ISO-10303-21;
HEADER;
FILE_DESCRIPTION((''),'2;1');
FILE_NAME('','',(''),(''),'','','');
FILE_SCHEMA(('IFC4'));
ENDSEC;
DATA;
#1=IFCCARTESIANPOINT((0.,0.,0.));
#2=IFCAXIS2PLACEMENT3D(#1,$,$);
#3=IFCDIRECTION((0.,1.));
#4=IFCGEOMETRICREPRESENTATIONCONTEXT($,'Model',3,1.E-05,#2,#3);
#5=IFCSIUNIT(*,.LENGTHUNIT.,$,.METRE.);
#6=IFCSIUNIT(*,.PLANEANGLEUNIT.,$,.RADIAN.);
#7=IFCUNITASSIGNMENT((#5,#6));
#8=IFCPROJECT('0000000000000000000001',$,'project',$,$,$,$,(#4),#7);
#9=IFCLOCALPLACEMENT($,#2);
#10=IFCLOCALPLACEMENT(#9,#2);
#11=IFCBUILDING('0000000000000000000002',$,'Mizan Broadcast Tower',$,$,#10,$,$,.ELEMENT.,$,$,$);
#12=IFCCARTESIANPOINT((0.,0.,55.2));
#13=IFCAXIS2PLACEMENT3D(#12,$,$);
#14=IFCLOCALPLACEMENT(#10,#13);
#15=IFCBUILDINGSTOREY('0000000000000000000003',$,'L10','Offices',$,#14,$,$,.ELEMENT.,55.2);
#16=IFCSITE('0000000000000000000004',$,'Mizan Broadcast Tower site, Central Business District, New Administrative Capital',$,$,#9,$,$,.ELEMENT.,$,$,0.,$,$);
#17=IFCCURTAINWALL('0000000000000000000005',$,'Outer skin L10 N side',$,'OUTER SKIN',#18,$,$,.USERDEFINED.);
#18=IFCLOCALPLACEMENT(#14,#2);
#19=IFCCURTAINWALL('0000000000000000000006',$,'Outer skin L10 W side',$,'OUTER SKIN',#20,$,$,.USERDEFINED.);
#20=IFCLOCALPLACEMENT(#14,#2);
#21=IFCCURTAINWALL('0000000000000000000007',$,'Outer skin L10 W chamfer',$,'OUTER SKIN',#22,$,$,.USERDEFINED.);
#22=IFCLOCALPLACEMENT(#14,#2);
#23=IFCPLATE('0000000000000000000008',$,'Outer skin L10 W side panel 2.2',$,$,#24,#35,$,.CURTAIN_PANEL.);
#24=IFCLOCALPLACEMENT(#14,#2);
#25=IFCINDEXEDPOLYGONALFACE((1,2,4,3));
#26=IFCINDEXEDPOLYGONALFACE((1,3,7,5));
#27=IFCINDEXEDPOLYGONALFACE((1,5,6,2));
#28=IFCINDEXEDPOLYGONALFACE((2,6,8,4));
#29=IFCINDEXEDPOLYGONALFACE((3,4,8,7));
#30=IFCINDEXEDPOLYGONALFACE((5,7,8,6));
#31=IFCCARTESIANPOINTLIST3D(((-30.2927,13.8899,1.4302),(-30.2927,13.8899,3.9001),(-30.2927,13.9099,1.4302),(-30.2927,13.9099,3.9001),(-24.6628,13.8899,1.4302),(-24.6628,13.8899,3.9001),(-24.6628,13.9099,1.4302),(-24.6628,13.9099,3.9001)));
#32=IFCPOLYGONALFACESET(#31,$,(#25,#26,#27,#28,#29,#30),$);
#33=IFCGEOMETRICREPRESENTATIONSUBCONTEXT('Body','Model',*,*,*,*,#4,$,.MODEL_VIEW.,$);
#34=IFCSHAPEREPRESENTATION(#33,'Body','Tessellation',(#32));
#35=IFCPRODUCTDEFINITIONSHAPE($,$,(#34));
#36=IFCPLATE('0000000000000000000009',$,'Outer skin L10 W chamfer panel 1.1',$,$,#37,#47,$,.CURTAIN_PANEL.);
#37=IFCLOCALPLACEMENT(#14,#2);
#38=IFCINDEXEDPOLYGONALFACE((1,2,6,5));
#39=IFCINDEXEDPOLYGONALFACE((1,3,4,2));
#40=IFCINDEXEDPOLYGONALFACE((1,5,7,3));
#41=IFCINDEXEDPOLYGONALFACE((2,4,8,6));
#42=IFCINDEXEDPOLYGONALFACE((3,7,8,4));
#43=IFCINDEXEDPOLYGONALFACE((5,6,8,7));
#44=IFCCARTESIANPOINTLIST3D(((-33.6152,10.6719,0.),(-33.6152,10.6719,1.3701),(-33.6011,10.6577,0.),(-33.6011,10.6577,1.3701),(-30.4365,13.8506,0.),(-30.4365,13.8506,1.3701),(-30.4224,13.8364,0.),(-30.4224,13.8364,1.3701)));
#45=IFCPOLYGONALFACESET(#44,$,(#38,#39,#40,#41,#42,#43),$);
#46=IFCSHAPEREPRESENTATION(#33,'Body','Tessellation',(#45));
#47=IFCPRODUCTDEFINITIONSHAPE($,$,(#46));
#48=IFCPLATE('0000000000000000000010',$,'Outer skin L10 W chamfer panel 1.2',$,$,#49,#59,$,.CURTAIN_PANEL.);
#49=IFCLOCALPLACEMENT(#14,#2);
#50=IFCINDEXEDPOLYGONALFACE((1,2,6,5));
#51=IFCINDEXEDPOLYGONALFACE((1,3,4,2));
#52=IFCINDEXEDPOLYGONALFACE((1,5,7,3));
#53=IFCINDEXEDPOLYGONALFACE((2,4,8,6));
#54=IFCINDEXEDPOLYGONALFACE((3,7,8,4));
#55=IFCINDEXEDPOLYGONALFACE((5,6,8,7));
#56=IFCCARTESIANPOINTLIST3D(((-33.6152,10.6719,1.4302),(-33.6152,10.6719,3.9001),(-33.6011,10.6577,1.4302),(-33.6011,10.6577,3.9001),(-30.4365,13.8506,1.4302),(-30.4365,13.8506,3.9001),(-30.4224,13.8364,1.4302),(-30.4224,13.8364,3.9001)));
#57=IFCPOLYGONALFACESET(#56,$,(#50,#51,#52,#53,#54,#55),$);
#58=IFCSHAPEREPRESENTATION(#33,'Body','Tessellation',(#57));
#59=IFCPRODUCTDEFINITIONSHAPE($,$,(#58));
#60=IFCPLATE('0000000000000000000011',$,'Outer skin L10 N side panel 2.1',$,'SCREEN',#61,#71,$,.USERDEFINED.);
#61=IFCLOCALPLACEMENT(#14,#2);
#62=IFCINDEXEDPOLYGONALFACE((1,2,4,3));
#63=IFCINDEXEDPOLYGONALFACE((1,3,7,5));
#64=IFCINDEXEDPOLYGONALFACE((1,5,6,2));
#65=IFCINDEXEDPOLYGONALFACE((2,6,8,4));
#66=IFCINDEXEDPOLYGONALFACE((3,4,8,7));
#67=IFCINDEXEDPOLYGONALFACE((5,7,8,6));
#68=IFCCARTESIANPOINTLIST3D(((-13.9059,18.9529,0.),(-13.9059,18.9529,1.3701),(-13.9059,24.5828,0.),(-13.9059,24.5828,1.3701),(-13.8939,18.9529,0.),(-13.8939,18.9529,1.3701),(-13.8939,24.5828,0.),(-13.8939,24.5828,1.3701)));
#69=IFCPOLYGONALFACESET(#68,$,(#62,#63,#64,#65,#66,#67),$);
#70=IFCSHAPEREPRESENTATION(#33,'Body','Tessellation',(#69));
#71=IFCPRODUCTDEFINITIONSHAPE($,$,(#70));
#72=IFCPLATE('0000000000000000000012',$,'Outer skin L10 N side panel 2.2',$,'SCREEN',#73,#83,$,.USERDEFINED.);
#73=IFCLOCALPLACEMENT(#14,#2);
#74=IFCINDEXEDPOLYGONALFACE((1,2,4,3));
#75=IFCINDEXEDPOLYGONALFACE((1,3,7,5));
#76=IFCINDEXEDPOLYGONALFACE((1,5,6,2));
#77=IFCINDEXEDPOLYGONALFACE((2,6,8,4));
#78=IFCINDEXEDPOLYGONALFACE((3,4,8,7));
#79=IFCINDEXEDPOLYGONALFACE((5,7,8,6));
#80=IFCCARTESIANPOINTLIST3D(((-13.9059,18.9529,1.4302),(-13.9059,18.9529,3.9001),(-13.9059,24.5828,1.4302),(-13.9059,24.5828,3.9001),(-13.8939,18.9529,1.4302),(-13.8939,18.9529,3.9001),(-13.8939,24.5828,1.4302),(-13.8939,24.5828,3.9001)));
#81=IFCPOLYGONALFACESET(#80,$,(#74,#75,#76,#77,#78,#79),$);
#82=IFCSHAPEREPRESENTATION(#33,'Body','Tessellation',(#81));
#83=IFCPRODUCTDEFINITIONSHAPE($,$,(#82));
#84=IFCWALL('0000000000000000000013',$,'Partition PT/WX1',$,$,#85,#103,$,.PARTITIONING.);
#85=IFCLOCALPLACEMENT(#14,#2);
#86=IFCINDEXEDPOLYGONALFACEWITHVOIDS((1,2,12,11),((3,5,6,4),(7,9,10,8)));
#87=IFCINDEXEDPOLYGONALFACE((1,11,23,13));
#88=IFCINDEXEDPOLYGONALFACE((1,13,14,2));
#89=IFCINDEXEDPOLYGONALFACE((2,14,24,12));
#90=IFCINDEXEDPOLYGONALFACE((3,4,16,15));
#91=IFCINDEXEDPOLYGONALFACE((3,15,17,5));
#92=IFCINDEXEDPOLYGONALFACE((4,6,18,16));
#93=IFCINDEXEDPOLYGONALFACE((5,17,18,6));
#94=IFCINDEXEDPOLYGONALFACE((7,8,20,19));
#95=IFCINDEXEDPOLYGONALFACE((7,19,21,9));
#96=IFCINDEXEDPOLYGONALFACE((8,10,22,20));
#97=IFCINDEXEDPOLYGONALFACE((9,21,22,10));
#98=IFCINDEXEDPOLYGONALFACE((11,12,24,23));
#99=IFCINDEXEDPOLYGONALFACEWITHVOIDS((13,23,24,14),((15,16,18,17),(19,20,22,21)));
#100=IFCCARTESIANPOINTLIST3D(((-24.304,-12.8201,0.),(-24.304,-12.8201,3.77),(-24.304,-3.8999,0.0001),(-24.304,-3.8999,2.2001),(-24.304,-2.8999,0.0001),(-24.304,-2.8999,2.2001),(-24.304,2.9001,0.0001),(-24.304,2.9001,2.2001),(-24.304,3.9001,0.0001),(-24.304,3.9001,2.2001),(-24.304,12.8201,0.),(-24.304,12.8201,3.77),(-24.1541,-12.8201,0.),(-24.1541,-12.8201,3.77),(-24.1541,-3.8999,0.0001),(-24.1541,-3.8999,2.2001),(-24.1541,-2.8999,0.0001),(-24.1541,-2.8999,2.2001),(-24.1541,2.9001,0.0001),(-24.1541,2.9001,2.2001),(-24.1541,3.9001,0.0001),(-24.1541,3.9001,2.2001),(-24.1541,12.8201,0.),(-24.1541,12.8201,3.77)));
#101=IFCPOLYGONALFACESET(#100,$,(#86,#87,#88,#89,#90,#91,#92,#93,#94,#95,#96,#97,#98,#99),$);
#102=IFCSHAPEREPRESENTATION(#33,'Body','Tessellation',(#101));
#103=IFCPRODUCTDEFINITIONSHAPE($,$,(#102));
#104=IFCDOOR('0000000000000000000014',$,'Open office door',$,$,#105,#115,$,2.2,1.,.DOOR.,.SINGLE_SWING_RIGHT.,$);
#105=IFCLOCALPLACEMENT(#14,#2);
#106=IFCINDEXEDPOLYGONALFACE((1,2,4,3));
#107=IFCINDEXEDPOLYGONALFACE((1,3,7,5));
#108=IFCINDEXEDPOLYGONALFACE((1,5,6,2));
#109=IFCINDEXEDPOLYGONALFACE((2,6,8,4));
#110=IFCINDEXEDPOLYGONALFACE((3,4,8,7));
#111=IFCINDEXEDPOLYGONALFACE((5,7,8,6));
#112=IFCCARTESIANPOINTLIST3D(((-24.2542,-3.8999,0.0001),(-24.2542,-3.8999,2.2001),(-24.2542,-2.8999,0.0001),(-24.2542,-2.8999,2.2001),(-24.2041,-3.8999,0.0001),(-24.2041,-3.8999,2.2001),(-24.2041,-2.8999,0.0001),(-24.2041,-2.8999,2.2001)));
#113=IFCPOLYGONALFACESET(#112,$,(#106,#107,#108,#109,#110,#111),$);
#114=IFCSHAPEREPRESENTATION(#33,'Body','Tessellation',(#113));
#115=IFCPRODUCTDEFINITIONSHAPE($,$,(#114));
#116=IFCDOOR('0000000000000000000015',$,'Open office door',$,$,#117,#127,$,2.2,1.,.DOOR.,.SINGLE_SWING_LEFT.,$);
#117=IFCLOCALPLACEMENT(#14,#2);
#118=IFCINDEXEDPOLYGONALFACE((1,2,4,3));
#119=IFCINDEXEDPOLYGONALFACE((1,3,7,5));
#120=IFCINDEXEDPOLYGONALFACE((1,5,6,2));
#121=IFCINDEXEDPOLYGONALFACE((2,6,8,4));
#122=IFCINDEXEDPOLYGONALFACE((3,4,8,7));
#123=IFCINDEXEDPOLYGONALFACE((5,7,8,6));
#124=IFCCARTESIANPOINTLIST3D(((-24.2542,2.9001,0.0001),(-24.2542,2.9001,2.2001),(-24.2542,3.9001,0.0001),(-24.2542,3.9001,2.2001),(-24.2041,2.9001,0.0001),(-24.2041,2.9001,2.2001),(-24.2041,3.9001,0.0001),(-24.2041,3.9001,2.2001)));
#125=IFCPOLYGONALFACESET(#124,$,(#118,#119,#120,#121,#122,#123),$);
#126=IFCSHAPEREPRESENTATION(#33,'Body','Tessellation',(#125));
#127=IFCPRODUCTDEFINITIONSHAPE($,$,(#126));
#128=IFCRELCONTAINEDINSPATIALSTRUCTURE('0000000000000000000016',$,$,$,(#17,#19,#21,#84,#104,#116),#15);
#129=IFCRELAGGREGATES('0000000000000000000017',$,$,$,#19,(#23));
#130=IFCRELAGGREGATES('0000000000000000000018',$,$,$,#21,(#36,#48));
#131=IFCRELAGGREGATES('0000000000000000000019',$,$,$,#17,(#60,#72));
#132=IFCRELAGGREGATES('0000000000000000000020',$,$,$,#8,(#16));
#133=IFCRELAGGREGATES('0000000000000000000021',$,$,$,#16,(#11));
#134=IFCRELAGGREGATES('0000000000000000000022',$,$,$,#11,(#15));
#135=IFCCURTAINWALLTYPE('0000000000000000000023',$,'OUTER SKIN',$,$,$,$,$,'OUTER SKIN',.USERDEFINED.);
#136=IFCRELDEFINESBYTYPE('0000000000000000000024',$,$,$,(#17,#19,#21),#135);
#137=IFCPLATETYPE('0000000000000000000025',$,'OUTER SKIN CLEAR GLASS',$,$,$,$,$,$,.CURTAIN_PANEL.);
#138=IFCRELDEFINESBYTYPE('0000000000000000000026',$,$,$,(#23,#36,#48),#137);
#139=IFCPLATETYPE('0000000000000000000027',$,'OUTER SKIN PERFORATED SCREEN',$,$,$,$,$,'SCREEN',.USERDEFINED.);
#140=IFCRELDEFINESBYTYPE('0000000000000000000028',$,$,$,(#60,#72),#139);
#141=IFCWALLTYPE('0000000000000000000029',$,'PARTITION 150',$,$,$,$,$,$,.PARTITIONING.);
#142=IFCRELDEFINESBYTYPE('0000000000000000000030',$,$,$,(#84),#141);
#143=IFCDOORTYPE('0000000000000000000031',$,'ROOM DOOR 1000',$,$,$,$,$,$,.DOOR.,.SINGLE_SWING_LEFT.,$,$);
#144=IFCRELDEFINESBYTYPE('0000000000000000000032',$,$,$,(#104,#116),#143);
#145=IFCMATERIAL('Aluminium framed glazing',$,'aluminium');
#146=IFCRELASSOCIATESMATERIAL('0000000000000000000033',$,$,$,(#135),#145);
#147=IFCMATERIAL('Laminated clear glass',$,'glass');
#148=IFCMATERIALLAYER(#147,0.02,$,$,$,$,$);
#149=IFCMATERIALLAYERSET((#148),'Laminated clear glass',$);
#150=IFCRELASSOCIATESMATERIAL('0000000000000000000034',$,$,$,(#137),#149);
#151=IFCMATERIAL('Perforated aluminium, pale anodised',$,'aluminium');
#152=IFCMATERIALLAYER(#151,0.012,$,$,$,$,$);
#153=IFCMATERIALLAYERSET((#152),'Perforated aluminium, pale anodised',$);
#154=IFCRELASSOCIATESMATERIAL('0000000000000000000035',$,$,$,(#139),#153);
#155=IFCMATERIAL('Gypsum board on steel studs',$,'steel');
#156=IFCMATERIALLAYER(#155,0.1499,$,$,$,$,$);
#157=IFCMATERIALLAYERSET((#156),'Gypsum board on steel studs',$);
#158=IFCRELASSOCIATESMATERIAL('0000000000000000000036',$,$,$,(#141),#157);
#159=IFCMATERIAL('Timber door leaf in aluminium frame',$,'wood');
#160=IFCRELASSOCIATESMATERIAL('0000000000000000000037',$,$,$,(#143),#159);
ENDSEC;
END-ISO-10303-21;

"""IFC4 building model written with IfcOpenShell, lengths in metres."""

from ifc_helpers import new_model, si_unit, direction, frame, frame_2d, origin, origin_2d, place, context, subcontext, project, spatial, rectangle, extrude, material, layer, layer_set, type_object, element, fill, aggregate, save


model = new_model("IFC4")

# Units and contexts
model_context = context("Model", 3, precision=1e-05, world=origin(), true_north=direction((0.0, 1.0)))
body_context = subcontext(model_context, "Body", "Model", "MODEL_VIEW")
ifc_project = project(units=[si_unit("LENGTHUNIT", "METRE"), si_unit("PLANEANGLEUNIT", "RADIAN")], contexts=[model_context])

# Site, building, storey
site_placement = place(None, origin())
site = spatial("IfcSite", under=ifc_project, at=site_placement, Name="Mizan Broadcast Tower site, Central Business District, New Administrative Capital", CompositionType="ELEMENT", RefElevation=0.0)
building_placement = place(site_placement, origin())
building = spatial("IfcBuilding", under=site, at=building_placement, Name="Mizan Broadcast Tower", CompositionType="ELEMENT")
storey_placement = place(building_placement, frame((0.0, 0.0, 55.2)))
storey = spatial("IfcBuildingStorey", under=building, at=storey_placement, Name="L10", Description="Offices", CompositionType="ELEMENT", Elevation=55.2)

# Shared definitions
ifc_material_1 = material(Name="Aluminium framed glazing", Category="aluminium")
curtain_wall_type_1 = type_object("IfcCurtainWallType", Name="OUTER SKIN", ElementType="OUTER SKIN", PredefinedType="USERDEFINED", material=ifc_material_1)

# Curtain wall
curtain_wall_1_placement = place(storey_placement, origin())
curtain_wall_1 = element("IfcCurtainWall", 1, at=curtain_wall_1_placement, inside=storey, type_object=curtain_wall_type_1, Name="Outer skin L10 N side", ObjectType="OUTER SKIN", PredefinedType="USERDEFINED")

# Curtain wall
curtain_wall_2_placement = place(storey_placement, origin())
curtain_wall_2 = element("IfcCurtainWall", 2, at=curtain_wall_2_placement, inside=storey, type_object=curtain_wall_type_1, Name="Outer skin L10 W side", ObjectType="OUTER SKIN", PredefinedType="USERDEFINED")

# Curtain wall
curtain_wall_3_placement = place(storey_placement, origin())
curtain_wall_3 = element("IfcCurtainWall", 3, at=curtain_wall_3_placement, inside=storey, type_object=curtain_wall_type_1, Name="Outer skin L10 W chamfer", ObjectType="OUTER SKIN", PredefinedType="USERDEFINED")

# Plates
ifc_material_2 = material(Name="Laminated clear glass", Category="glass")
ifc_layer_1 = layer(ifc_material_2, 0.02)
ifc_layer_set_1 = layer_set([ifc_layer_1], Name="Laminated clear glass")
plate_type_1 = type_object("IfcPlateType", Name="OUTER SKIN CLEAR GLASS", PredefinedType="CURTAIN_PANEL", material=ifc_layer_set_1)
plate_1_placement = place(storey_placement, frame((-27.4778, 13.8999, 1.4302), z_axis=(0.0, 0.0, 1.0), x_axis=(-1.0, 0.0, 0.0)))
plate_1 = element("IfcPlate", 4, at=plate_1_placement, type_object=plate_type_1, Name="Outer skin L10 W side panel 2.2", PredefinedType="CURTAIN_PANEL", context=body_context, shape_type="SweptSolid", body=[
    extrude(rectangle(XDim=5.6299, YDim=0.02, at=origin_2d()), origin(), (0.0, 0.0, 1.0), 2.47),
])
aggregate(curtain_wall_2, [plate_1])
plate_2_placement = place(storey_placement, frame((-32.0188, 12.2542, 0.0), z_axis=(0.0, 0.0, 1.0), x_axis=(-0.707107, -0.707107, 0.0)))
plate_2 = element("IfcPlate", 5, at=plate_2_placement, type_object=plate_type_1, Name="Outer skin L10 W chamfer panel 1.1", PredefinedType="CURTAIN_PANEL", context=body_context, shape_type="SweptSolid", body=[
    extrude(rectangle(XDim=4.4954, YDim=0.02, at=origin_2d()), origin(), (0.0, 0.0, 1.0), 1.3701),
])
plate_3_placement = place(storey_placement, frame((-32.0188, 12.2542, 1.4302), z_axis=(0.0, 0.0, 1.0), x_axis=(-0.707107, -0.707107, 0.0)))
plate_3 = element("IfcPlate", 6, at=plate_3_placement, type_object=plate_type_1, Name="Outer skin L10 W chamfer panel 1.2", PredefinedType="CURTAIN_PANEL", context=body_context, shape_type="SweptSolid", body=[
    extrude(rectangle(XDim=4.4954, YDim=0.02, at=origin_2d()), origin(), (0.0, 0.0, 1.0), 2.47),
])
aggregate(curtain_wall_3, [plate_2, plate_3])
ifc_material_3 = material(Name="Perforated aluminium, pale anodised", Category="aluminium")
ifc_layer_2 = layer(ifc_material_3, 0.012)
ifc_layer_set_2 = layer_set([ifc_layer_2], Name="Perforated aluminium, pale anodised")
plate_type_2 = type_object("IfcPlateType", Name="OUTER SKIN PERFORATED SCREEN", ElementType="SCREEN", PredefinedType="USERDEFINED", material=ifc_layer_set_2)
plate_4_placement = place(storey_placement, frame((-13.8999, 21.7678, 0.0), z_axis=(0.0, 0.0, 1.0), x_axis=(0.0, -1.0, 0.0)))
plate_4 = element("IfcPlate", 7, at=plate_4_placement, type_object=plate_type_2, Name="Outer skin L10 N side panel 2.1", ObjectType="SCREEN", PredefinedType="USERDEFINED", context=body_context, shape_type="SweptSolid", body=[
    extrude(rectangle(XDim=5.6299, YDim=0.012, at=origin_2d()), origin(), (0.0, 0.0, 1.0), 1.3701),
])
plate_5_placement = place(storey_placement, frame((-13.8999, 21.7678, 1.4302), z_axis=(0.0, 0.0, 1.0), x_axis=(0.0, -1.0, 0.0)))
plate_5 = element("IfcPlate", 8, at=plate_5_placement, type_object=plate_type_2, Name="Outer skin L10 N side panel 2.2", ObjectType="SCREEN", PredefinedType="USERDEFINED", context=body_context, shape_type="SweptSolid", body=[
    extrude(rectangle(XDim=5.6299, YDim=0.012, at=origin_2d()), origin(), (0.0, 0.0, 1.0), 2.47),
])
aggregate(curtain_wall_1, [plate_4, plate_5])

# Wall, openings, doors
ifc_material_4 = material(Name="Gypsum board on steel studs", Category="steel")
ifc_layer_3 = layer(ifc_material_4, 0.1499)
ifc_layer_set_3 = layer_set([ifc_layer_3], Name="Gypsum board on steel studs")
wall_type = type_object("IfcWallType", Name="PARTITION 150", PredefinedType="PARTITIONING", material=ifc_layer_set_3)
wall_placement = place(storey_placement, frame((-24.229, 12.8201, 0.0), z_axis=(0.0, 0.0, 1.0), x_axis=(0.0, -1.0, 0.0)))
wall = element("IfcWall", 9, at=wall_placement, inside=storey, type_object=wall_type, Name="Partition PT/WX1", PredefinedType="PARTITIONING", context=body_context, shape_type="SweptSolid", body=[
    extrude(rectangle(XDim=25.6401, YDim=0.1499, at=frame_2d((12.8201, 0.0))), origin(), (0.0, 0.0, 1.0), 3.77),
])
opening_1_placement = place(wall_placement, frame((15.72, 0.0, 0.0)))
opening_1 = element("IfcOpeningElement", 10, at=opening_1_placement, cuts=wall, PredefinedType="OPENING", context=body_context, shape_type="SweptSolid", body=[
    extrude(rectangle(XDim=1.0, YDim=2.2, at=frame_2d((0.5, 1.1001))), frame((0.0, 0.085, 0.0), z_axis=(0.0, -1.0, 0.0), x_axis=(1.0, 0.0, 0.0)), (0.0, 0.0, 1.0), 0.1699),
])
opening_2_placement = place(wall_placement, frame((8.9199, 0.0, 0.0)))
opening_2 = element("IfcOpeningElement", 11, at=opening_2_placement, cuts=wall, PredefinedType="OPENING", context=body_context, shape_type="SweptSolid", body=[
    extrude(rectangle(XDim=1.0, YDim=2.2, at=frame_2d((0.5, 1.1001))), frame((0.0, 0.085, 0.0), z_axis=(0.0, -1.0, 0.0), x_axis=(1.0, 0.0, 0.0)), (0.0, 0.0, 1.0), 0.1699),
])
ifc_material_5 = material(Name="Timber door leaf in aluminium frame", Category="wood")
door_type = type_object("IfcDoorType", Name="ROOM DOOR 1000", OperationType="SINGLE_SWING_LEFT", PredefinedType="DOOR", material=ifc_material_5)
door_1_placement = place(opening_1_placement, origin())
door_1 = element("IfcDoor", 12, at=door_1_placement, inside=storey, type_object=door_type, Name="Open office door", OperationType="SINGLE_SWING_RIGHT", OverallHeight=2.2, OverallWidth=1.0, PredefinedType="DOOR", context=body_context, shape_type="SweptSolid", body=[
    extrude(rectangle(XDim=1.0, YDim=2.2, at=frame_2d((0.5, 1.1001))), frame((0.0, 0.0249, 0.0), z_axis=(0.0, -1.0, 0.0), x_axis=(1.0, 0.0, 0.0)), (0.0, 0.0, 1.0), 0.05),
])
fill(opening_1, door_1)
door_2_placement = place(opening_2_placement, origin())
door_2 = element("IfcDoor", 13, at=door_2_placement, inside=storey, type_object=door_type, Name="Open office door", OperationType="SINGLE_SWING_LEFT", OverallHeight=2.2, OverallWidth=1.0, PredefinedType="DOOR", context=body_context, shape_type="SweptSolid", body=[
    extrude(rectangle(XDim=1.0, YDim=2.2, at=frame_2d((0.5, 1.1001))), frame((0.0, 0.0249, 0.0), z_axis=(0.0, -1.0, 0.0), x_axis=(1.0, 0.0, 0.0)), (0.0, 0.0, 1.0), 0.05),
])
fill(opening_2, door_2)

save(model, "model.ifc")
